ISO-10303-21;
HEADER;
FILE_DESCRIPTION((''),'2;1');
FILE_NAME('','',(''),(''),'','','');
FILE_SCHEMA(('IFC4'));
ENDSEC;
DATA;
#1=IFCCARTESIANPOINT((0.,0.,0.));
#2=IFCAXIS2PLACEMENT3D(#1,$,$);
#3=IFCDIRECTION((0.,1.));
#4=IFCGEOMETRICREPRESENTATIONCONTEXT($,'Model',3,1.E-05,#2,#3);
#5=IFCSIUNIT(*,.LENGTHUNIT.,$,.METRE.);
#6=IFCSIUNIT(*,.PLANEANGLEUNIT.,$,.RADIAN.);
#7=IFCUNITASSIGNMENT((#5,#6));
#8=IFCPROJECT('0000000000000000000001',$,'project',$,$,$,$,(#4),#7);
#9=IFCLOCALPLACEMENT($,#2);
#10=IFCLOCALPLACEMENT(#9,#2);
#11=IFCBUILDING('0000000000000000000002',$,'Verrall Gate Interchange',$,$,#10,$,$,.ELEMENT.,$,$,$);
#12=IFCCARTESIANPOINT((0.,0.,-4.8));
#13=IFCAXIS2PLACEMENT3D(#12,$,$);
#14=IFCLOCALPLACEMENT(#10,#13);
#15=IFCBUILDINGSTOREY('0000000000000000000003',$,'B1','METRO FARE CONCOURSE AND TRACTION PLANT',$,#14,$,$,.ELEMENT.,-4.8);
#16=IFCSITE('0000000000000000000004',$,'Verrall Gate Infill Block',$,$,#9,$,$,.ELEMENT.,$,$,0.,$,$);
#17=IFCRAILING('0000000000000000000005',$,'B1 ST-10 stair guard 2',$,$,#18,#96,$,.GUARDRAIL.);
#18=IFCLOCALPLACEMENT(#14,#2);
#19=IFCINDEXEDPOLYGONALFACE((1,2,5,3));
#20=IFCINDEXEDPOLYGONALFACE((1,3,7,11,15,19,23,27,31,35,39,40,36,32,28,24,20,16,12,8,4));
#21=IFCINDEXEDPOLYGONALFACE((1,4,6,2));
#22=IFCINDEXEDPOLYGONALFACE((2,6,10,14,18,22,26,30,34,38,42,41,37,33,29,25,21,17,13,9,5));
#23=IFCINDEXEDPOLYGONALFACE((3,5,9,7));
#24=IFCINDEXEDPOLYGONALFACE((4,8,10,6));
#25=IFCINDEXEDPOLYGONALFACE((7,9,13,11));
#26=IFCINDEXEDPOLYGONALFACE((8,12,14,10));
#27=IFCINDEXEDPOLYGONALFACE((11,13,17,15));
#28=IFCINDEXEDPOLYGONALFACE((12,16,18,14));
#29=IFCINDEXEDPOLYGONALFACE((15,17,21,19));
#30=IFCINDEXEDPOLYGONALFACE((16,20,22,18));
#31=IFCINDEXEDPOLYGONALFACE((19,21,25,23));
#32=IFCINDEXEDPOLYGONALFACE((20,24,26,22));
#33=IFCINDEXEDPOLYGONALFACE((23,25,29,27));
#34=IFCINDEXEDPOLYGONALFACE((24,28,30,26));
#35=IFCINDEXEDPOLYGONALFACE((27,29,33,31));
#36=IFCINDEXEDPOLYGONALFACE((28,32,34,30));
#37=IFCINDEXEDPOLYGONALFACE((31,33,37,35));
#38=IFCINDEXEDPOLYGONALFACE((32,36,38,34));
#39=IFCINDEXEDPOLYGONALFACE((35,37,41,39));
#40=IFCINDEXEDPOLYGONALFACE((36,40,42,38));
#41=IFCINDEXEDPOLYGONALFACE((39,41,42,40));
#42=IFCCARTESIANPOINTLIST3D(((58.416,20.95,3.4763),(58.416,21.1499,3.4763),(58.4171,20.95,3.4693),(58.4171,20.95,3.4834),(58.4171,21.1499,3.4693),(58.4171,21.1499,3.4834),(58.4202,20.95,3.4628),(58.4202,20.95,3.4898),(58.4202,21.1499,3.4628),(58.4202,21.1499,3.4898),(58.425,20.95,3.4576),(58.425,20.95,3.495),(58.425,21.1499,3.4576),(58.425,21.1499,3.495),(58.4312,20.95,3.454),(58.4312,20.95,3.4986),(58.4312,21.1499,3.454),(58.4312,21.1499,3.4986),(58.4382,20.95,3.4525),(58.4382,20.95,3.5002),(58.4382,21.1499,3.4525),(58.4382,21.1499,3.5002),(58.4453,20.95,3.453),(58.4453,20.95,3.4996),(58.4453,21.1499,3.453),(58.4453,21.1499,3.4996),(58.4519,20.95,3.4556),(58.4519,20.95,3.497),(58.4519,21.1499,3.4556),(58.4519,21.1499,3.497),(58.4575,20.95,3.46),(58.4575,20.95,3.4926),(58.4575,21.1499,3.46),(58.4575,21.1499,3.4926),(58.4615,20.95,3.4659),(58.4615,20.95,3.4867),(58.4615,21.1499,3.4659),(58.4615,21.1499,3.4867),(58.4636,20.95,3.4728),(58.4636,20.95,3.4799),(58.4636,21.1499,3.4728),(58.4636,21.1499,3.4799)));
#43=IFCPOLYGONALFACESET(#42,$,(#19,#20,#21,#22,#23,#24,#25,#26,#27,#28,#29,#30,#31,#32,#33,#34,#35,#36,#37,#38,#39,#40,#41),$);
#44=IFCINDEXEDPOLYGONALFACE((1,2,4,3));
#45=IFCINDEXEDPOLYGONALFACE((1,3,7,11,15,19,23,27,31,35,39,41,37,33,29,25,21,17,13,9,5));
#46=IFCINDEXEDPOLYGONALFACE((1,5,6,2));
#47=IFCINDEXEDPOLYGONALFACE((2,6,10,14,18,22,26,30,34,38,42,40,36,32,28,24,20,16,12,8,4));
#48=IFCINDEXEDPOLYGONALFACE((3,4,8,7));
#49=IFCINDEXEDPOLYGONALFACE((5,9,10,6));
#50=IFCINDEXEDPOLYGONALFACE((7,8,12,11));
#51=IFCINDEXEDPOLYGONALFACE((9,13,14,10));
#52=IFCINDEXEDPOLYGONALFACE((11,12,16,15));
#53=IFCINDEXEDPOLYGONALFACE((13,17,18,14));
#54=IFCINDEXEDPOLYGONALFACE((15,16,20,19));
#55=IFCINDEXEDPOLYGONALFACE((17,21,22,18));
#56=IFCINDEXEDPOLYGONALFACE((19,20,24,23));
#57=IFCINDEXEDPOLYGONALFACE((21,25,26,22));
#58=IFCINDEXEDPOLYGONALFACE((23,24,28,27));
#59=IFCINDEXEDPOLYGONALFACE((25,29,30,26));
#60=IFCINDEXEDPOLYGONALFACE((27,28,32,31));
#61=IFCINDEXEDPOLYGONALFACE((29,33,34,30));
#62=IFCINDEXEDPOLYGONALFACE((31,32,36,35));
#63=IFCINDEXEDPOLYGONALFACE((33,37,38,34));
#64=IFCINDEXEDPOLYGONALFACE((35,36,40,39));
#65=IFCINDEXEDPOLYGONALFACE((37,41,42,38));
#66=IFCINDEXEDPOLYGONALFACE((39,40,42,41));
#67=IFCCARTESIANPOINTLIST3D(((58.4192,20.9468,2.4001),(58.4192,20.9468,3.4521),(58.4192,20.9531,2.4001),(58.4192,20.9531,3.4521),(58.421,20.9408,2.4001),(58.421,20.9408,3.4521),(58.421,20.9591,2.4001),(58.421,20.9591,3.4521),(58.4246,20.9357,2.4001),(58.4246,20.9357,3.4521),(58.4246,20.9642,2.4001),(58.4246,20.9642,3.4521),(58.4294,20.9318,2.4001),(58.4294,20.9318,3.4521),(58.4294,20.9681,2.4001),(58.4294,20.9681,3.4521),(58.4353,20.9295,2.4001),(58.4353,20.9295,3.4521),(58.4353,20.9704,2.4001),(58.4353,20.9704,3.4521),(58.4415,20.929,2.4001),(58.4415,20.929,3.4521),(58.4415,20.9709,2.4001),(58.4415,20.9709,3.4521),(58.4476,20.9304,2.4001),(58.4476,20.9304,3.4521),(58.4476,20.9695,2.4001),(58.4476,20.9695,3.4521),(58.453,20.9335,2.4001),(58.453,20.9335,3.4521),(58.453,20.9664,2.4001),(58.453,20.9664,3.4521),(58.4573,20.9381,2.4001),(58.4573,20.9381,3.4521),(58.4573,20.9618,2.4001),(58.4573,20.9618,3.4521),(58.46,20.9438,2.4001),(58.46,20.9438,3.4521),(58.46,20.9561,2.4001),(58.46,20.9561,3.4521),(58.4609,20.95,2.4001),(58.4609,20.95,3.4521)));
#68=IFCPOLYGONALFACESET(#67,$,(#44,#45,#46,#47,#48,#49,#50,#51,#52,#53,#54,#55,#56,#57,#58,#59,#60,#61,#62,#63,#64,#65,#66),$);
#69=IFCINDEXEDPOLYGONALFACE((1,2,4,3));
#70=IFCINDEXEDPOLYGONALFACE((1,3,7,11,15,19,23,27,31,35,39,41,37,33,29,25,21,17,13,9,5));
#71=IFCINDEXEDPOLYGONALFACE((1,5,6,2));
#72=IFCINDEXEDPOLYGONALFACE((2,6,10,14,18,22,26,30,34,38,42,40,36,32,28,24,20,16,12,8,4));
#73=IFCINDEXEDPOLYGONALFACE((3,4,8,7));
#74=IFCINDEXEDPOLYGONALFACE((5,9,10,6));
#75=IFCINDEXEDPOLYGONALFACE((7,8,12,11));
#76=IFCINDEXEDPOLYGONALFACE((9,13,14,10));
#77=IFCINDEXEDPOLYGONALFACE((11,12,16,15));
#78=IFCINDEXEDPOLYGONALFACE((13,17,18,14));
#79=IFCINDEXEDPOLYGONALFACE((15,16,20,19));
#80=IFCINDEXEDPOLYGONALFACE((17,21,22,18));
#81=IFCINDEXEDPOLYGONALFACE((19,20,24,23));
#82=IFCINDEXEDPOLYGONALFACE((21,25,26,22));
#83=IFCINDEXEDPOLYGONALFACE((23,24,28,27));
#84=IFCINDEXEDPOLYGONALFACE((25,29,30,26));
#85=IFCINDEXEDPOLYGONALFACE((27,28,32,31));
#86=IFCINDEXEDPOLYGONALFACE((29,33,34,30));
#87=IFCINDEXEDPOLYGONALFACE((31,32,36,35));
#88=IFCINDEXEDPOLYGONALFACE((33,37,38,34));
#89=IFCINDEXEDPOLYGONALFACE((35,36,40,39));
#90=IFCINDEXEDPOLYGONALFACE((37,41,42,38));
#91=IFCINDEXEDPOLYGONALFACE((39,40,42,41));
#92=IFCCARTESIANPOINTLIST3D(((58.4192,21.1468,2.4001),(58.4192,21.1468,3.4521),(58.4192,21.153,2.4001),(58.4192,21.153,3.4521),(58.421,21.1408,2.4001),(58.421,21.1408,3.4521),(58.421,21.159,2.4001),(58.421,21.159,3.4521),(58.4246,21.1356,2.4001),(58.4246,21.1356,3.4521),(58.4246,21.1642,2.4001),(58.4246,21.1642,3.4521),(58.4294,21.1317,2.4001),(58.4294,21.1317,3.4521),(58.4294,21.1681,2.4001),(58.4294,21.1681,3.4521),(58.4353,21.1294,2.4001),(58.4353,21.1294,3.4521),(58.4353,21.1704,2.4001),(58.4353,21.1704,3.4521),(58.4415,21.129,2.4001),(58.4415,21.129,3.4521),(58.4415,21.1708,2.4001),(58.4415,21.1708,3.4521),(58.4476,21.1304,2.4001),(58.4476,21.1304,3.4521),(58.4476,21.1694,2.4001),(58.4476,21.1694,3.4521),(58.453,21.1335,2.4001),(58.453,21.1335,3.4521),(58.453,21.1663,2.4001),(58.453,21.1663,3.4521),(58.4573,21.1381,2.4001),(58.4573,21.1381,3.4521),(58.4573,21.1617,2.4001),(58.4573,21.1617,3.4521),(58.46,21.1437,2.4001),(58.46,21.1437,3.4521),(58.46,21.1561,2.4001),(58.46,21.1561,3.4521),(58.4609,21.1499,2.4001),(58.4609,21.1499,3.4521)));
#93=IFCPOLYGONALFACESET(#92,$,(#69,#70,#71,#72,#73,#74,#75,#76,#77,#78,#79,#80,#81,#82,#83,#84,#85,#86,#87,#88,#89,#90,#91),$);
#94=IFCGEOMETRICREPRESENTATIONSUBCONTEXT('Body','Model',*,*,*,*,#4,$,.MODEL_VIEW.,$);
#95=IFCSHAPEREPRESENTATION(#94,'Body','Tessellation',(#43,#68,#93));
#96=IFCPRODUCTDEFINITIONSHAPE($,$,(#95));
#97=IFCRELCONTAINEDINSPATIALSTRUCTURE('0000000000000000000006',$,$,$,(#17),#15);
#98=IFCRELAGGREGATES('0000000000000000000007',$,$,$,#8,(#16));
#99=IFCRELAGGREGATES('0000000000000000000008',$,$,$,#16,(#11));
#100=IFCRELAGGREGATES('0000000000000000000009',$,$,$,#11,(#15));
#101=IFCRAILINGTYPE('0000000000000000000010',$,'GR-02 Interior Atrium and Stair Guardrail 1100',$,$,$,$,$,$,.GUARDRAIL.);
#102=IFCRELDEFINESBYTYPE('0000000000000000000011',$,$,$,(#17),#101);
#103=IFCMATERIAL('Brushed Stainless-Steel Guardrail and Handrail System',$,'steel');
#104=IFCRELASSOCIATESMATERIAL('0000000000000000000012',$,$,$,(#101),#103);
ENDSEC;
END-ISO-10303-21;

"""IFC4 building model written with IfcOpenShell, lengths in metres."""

from ifc_helpers import new_model, si_unit, direction, frame, origin, origin_2d, place, context, subcontext, project, spatial, circle, extrude, material, type_object, element, save


model = new_model("IFC4")

# Units and contexts
model_context = context("Model", 3, precision=1e-05, world=origin(), true_north=direction((0.0, 1.0)))
body_context = subcontext(model_context, "Body", "Model", "MODEL_VIEW")
ifc_project = project(units=[si_unit("LENGTHUNIT", "METRE"), si_unit("PLANEANGLEUNIT", "RADIAN")], contexts=[model_context])

# Site, building, storey
site_placement = place(None, origin())
site = spatial("IfcSite", under=ifc_project, at=site_placement, Name="Verrall Gate Infill Block", CompositionType="ELEMENT", RefElevation=0.0)
building_placement = place(site_placement, origin())
building = spatial("IfcBuilding", under=site, at=building_placement, Name="Verrall Gate Interchange", CompositionType="ELEMENT")
storey_placement = place(building_placement, frame((0.0, 0.0, -4.8)))
storey = spatial("IfcBuildingStorey", under=building, at=storey_placement, Name="B1", Description="METRO FARE CONCOURSE AND TRACTION PLANT", CompositionType="ELEMENT", Elevation=-4.8)

# Railing
ifc_material_1 = material(Name="Brushed Stainless-Steel Guardrail and Handrail System", Category="steel")
railing_type_1 = type_object("IfcRailingType", Name="GR-02 Interior Atrium and Stair Guardrail 1100", PredefinedType="GUARDRAIL", material=ifc_material_1)
railing_1_placement = place(storey_placement, frame((58.4399, 20.95, 2.4001)))
element("IfcRailing", 1, at=railing_1_placement, inside=storey, type_object=railing_type_1, Name="B1 ST-10 stair guard 2", PredefinedType="GUARDRAIL", context=body_context, shape_type="SweptSolid", body=[
    extrude(circle(Radius=0.0239, at=origin_2d()), frame((0.0, 0.0, 1.0762), z_axis=(0.0, 1.0, 0.0), x_axis=(-1.0, 0.0, 0.0)), (0.0, 0.0, 1.0), 0.2),
    extrude(circle(Radius=0.021, at=origin_2d()), origin(), (0.0, 0.0, 1.0), 1.052),
    extrude(circle(Radius=0.021, at=origin_2d()), frame((0.0, 0.2, 0.0)), (0.0, 0.0, 1.0), 1.052),
])

save(model, "model.ifc")
